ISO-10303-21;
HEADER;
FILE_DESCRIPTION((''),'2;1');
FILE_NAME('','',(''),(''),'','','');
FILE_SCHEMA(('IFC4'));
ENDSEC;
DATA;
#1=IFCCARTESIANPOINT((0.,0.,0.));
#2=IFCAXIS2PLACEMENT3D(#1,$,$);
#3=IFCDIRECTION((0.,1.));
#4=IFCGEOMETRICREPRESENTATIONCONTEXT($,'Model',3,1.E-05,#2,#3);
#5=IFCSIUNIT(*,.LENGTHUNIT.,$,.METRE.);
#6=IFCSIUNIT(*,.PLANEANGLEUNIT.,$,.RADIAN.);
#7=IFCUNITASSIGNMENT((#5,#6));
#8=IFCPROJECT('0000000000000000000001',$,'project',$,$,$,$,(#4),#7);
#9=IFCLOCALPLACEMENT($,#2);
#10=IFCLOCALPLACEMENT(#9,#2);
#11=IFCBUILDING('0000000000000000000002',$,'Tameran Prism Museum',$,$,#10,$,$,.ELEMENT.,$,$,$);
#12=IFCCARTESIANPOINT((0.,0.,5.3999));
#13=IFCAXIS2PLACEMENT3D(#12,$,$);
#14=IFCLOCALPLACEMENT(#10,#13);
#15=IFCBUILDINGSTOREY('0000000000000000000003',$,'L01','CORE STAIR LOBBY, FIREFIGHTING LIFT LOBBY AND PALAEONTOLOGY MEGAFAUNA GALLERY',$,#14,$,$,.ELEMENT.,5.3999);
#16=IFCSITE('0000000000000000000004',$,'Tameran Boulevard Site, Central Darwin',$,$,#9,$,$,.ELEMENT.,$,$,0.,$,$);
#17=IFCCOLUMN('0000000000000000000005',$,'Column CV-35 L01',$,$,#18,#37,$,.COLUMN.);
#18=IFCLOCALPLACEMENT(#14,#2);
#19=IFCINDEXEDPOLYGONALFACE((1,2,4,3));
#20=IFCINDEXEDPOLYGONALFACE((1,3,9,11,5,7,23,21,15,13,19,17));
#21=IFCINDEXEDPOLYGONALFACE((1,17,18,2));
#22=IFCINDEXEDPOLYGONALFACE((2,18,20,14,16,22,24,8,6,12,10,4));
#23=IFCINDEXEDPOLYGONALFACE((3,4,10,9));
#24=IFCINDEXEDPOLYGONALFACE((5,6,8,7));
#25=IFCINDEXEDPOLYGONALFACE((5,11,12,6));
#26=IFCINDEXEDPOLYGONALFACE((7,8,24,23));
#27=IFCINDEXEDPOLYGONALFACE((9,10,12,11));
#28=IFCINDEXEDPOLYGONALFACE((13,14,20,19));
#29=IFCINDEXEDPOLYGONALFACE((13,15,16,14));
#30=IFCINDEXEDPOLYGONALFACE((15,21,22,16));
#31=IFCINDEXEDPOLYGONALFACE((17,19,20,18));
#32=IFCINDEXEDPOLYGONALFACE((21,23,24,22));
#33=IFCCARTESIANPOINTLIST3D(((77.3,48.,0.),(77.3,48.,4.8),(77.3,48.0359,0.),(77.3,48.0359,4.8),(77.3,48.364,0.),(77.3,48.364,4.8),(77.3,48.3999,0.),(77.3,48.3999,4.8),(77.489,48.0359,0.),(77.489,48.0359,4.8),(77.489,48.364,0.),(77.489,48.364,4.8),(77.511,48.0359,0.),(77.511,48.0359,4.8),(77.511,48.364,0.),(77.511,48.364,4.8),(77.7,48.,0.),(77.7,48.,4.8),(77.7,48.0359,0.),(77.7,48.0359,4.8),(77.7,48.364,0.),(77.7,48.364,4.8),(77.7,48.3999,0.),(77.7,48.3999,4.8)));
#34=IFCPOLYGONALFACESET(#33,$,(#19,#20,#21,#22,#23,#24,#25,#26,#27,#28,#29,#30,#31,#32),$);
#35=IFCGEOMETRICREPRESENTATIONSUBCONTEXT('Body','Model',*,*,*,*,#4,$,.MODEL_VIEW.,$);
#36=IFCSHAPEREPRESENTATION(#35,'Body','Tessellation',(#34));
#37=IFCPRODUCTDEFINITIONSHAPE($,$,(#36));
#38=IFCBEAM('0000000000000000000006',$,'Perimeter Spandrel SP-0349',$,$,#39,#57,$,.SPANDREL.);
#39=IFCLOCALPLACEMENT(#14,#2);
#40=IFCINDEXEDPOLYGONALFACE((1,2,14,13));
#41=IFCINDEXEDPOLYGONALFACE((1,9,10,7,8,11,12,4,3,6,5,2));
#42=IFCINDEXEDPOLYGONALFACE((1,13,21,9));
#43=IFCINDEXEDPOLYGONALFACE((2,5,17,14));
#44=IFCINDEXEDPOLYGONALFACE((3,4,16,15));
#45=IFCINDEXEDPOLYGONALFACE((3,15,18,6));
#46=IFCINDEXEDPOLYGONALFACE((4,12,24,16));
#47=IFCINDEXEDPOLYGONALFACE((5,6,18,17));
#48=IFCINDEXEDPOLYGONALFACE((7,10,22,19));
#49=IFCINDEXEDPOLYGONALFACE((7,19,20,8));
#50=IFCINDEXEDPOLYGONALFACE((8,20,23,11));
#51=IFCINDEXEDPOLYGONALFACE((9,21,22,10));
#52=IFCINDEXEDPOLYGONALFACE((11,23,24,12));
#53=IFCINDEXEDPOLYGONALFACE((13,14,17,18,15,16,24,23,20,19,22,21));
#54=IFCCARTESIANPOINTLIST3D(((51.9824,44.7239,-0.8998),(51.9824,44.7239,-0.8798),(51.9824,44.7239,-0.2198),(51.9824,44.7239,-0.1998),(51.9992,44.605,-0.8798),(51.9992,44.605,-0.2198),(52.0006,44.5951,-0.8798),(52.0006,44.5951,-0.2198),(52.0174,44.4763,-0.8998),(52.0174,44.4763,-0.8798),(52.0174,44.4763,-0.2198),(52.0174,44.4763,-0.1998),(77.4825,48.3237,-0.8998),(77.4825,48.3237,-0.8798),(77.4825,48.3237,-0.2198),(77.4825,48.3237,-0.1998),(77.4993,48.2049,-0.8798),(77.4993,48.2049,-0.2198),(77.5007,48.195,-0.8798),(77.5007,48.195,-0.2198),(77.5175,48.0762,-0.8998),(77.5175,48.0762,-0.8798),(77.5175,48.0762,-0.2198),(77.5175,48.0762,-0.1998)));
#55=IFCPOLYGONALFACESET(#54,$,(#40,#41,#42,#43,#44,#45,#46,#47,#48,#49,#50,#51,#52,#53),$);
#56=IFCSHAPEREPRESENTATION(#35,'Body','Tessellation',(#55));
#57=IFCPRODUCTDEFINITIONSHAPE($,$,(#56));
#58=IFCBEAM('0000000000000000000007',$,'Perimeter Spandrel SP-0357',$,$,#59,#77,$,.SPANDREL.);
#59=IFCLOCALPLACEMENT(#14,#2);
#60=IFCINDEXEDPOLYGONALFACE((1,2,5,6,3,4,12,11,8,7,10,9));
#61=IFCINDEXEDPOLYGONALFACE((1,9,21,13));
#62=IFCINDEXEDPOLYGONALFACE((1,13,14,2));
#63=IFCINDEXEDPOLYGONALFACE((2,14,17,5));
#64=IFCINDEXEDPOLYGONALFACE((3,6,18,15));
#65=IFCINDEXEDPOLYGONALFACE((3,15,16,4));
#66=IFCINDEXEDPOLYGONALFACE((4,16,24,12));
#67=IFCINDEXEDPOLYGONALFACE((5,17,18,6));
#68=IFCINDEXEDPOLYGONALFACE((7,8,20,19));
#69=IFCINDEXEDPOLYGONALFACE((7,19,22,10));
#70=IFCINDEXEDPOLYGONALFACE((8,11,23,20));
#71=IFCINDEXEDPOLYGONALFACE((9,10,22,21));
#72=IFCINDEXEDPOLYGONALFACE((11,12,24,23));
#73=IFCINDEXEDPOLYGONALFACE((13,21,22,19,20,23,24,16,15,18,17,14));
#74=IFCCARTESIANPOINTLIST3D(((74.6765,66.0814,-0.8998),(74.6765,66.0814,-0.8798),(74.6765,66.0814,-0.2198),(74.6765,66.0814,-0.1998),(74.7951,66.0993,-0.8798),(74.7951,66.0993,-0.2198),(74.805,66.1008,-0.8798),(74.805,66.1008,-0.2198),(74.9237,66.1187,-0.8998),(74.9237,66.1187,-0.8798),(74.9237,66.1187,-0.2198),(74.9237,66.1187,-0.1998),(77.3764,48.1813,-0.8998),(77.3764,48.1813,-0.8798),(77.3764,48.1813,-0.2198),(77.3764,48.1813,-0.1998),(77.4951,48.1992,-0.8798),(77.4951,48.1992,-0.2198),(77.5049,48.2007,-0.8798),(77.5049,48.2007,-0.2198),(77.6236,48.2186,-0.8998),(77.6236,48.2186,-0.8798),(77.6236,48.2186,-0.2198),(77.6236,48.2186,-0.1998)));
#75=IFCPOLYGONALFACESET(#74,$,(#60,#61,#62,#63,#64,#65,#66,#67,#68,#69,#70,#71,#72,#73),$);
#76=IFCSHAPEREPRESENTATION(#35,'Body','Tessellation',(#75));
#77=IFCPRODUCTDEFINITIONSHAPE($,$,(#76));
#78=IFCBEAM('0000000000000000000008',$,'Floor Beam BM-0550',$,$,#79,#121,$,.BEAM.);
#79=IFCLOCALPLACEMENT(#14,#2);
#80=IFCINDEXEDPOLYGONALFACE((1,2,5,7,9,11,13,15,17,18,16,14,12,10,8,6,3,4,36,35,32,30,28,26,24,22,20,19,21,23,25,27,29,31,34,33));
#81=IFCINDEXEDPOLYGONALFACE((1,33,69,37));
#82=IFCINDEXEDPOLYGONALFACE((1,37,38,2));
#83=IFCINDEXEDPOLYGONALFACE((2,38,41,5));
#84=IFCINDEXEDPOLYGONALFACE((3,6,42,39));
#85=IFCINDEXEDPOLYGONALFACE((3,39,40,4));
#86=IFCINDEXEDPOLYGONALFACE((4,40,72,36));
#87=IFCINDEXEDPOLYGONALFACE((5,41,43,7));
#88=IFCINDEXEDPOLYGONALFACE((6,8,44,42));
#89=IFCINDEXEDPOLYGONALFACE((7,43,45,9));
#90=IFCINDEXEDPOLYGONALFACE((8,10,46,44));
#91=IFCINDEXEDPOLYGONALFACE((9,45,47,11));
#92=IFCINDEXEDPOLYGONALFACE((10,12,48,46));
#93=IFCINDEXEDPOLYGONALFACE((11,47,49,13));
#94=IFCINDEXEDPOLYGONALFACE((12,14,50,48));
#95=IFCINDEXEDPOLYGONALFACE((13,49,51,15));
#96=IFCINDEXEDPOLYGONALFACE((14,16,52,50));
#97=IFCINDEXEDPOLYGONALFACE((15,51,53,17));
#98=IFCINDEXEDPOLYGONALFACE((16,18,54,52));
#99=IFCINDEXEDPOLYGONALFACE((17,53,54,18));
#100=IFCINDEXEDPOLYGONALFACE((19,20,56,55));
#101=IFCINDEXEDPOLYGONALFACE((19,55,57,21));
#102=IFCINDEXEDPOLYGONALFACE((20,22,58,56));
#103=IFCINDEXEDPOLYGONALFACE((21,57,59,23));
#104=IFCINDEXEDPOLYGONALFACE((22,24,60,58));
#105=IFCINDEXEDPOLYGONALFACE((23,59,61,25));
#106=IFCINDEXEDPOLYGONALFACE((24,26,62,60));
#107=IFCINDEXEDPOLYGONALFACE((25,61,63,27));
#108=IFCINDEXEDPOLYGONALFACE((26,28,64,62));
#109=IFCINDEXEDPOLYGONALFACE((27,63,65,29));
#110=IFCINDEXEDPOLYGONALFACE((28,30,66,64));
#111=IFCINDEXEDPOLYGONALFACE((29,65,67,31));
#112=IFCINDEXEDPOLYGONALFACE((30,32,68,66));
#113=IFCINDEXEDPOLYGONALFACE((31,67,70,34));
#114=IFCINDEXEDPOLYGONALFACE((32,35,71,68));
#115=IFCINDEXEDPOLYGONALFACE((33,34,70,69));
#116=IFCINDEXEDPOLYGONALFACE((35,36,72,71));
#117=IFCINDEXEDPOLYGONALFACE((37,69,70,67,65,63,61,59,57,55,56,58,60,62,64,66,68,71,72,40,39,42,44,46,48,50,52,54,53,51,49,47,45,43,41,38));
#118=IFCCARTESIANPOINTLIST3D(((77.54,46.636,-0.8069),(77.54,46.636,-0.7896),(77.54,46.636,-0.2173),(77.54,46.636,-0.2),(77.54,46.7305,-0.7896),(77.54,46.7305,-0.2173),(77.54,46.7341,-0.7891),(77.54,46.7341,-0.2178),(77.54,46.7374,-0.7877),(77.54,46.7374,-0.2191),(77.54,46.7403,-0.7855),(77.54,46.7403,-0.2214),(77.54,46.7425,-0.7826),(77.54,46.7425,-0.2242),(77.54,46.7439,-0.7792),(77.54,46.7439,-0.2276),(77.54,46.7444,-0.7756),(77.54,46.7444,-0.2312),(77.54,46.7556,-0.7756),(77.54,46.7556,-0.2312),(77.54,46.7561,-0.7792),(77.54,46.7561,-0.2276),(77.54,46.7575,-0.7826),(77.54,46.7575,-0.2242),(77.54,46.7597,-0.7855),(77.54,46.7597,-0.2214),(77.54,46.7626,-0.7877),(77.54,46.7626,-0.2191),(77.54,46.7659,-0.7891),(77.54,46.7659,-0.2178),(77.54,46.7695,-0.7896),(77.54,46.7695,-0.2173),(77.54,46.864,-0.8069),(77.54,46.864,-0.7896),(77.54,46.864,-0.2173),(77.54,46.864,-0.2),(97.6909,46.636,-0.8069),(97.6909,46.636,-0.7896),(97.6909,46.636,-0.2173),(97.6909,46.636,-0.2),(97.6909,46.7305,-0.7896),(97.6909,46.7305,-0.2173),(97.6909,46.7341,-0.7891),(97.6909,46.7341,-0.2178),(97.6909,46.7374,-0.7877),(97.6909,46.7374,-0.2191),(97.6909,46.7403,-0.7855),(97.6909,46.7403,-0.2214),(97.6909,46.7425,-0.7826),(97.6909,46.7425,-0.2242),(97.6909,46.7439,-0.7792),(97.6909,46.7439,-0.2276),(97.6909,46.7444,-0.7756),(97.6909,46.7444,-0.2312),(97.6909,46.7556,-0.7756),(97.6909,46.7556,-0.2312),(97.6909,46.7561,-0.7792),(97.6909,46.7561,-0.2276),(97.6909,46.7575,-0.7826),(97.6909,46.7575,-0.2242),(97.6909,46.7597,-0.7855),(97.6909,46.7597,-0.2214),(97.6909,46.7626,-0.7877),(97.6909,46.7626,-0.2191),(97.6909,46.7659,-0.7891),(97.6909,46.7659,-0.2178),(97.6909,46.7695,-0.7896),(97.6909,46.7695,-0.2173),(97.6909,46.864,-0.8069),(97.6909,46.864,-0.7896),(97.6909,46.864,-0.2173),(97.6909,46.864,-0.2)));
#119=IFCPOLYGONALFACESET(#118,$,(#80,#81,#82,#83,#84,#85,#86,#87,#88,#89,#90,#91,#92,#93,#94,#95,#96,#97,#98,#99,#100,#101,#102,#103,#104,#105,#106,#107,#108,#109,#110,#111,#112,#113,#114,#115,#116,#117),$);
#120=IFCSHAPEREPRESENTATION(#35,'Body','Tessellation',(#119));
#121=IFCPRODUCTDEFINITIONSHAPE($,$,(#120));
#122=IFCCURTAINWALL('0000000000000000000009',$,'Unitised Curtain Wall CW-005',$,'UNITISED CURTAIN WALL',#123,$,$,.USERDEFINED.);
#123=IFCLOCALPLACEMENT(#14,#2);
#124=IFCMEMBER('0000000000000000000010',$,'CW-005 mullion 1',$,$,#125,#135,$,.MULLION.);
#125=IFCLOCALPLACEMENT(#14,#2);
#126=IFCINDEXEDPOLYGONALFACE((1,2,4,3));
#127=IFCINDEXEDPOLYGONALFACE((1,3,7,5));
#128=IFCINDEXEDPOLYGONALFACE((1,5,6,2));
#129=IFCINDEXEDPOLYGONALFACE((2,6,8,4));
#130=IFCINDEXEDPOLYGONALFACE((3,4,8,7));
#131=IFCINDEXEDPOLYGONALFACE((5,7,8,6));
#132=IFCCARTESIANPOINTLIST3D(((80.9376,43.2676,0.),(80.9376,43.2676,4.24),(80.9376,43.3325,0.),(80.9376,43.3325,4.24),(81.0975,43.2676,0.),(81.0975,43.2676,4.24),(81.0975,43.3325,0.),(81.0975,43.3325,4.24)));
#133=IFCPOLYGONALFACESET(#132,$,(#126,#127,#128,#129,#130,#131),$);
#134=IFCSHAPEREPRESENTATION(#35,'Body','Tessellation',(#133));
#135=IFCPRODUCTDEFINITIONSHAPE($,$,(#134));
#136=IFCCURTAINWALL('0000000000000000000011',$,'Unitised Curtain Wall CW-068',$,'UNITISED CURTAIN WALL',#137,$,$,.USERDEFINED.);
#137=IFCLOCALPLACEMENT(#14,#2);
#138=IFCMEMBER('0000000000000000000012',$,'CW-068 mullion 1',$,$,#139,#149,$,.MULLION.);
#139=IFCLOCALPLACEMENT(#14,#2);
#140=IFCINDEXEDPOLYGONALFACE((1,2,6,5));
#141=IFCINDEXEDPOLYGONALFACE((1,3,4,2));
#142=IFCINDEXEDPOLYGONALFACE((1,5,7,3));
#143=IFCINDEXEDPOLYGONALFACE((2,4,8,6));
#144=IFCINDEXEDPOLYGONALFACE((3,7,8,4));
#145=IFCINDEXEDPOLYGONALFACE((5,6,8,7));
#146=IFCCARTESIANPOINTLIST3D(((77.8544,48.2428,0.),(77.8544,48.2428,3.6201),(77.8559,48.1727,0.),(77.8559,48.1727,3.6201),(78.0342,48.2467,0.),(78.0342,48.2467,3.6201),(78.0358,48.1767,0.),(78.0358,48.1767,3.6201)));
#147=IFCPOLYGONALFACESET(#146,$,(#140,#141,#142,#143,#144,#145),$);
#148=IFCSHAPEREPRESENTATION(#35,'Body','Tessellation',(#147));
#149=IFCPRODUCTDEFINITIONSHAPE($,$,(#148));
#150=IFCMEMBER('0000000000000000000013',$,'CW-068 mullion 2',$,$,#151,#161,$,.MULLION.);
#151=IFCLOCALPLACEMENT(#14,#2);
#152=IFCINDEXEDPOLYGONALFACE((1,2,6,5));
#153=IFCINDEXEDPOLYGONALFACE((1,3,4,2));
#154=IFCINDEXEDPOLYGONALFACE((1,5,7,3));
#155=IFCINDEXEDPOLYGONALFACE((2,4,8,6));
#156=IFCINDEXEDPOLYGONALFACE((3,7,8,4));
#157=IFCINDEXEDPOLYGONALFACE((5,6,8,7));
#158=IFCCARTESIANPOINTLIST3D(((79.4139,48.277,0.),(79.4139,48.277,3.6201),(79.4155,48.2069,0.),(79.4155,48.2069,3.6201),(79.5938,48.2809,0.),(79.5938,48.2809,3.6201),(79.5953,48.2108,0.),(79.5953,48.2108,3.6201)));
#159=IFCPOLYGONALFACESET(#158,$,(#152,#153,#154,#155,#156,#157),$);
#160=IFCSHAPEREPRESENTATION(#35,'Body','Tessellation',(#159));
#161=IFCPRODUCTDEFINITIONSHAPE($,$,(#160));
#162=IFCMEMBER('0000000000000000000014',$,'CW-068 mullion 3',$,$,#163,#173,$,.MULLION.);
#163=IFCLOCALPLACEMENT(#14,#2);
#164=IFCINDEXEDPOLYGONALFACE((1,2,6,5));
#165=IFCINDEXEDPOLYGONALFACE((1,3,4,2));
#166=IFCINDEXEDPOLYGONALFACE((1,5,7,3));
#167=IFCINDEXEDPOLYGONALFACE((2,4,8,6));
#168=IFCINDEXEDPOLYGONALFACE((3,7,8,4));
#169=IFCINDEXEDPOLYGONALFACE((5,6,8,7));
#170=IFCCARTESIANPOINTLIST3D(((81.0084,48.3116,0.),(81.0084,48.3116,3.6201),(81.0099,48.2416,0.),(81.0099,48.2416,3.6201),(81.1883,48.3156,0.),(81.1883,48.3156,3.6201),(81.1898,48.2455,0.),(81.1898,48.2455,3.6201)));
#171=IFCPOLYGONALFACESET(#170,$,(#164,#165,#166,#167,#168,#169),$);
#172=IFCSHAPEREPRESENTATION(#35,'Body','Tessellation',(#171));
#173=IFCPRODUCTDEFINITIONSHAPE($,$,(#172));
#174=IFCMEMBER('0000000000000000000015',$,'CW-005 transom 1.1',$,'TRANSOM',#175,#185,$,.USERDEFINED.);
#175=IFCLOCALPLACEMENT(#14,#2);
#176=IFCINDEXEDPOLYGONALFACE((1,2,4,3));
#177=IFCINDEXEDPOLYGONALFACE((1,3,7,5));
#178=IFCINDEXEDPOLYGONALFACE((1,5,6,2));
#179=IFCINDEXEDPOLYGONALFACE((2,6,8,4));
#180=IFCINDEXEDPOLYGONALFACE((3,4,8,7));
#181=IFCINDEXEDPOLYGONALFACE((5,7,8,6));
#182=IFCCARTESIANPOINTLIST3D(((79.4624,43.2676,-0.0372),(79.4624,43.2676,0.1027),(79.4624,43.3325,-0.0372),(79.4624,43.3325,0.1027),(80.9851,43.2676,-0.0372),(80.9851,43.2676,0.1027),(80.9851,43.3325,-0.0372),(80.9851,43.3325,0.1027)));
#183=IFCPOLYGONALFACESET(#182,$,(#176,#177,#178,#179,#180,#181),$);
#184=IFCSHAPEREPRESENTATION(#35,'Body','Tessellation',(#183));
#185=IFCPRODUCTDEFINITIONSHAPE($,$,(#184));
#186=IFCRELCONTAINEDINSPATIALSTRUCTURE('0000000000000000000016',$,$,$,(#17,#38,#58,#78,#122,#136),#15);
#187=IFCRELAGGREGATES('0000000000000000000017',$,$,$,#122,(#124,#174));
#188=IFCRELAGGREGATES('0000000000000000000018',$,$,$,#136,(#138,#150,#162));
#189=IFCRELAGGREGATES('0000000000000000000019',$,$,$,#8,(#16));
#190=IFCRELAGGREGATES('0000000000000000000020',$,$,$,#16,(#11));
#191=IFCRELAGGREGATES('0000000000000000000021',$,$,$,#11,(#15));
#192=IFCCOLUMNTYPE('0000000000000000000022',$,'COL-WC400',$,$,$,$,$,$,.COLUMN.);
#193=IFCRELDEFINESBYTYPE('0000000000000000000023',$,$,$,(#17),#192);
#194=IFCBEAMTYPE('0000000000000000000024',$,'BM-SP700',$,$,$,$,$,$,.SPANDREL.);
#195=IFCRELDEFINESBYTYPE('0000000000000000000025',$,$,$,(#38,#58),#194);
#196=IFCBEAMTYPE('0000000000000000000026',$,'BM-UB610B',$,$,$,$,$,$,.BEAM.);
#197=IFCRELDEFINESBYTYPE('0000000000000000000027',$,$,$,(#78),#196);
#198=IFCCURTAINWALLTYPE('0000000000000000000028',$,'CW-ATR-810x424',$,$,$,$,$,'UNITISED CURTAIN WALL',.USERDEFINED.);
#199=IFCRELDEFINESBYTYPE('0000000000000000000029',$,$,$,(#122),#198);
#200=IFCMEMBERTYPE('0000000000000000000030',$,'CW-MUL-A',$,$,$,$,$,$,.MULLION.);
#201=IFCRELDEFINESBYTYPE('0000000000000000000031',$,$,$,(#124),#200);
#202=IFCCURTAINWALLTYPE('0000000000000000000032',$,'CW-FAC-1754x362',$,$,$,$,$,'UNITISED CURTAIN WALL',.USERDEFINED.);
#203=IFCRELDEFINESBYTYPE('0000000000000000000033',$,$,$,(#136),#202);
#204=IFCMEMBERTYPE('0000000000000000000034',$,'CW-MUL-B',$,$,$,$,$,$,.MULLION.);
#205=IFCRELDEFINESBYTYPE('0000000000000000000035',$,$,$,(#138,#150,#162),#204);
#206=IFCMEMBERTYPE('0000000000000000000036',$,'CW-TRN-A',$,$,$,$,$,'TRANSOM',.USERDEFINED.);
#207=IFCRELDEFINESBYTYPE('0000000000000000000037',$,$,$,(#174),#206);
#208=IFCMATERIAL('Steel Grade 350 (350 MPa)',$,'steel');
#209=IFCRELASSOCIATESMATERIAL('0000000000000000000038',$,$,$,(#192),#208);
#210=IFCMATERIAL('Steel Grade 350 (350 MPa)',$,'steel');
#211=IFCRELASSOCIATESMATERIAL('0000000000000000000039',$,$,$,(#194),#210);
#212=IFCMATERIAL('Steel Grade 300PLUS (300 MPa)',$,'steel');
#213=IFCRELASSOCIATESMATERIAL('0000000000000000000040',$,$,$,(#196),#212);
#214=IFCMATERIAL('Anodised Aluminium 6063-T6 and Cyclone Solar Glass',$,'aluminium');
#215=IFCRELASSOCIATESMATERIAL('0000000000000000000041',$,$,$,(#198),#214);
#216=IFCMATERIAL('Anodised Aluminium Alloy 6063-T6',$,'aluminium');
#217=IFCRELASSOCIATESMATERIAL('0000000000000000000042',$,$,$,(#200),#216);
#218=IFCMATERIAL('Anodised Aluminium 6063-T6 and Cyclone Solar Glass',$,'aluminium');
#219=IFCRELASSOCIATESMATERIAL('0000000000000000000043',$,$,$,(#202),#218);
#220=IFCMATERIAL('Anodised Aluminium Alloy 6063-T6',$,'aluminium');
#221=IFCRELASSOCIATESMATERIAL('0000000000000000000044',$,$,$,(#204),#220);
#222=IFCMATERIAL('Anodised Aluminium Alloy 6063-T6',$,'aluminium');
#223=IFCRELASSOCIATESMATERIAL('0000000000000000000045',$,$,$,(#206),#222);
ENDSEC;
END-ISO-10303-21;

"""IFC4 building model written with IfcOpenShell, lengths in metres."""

from ifc_helpers import new_model, si_unit, direction, frame, origin, origin_2d, place, context, subcontext, project, spatial, rectangle, i_section, extrude, material, material_profile, profile_set, type_object, element, aggregate, save


model = new_model("IFC4")

# Units and contexts
model_context = context("Model", 3, precision=1e-05, world=origin(), true_north=direction((0.0, 1.0)))
body_context = subcontext(model_context, "Body", "Model", "MODEL_VIEW")
ifc_project = project(units=[si_unit("LENGTHUNIT", "METRE"), si_unit("PLANEANGLEUNIT", "RADIAN")], contexts=[model_context])

# Site, building, storey
site_placement = place(None, origin())
site = spatial("IfcSite", under=ifc_project, at=site_placement, Name="Tameran Boulevard Site, Central Darwin", CompositionType="ELEMENT", RefElevation=0.0)
building_placement = place(site_placement, origin())
building = spatial("IfcBuilding", under=site, at=building_placement, Name="Tameran Prism Museum", CompositionType="ELEMENT")
storey_placement = place(building_placement, frame((0.0, 0.0, 5.3999)))
storey = spatial("IfcBuildingStorey", under=building, at=storey_placement, Name="L01", Description="CORE STAIR LOBBY, FIREFIGHTING LIFT LOBBY AND PALAEONTOLOGY MEGAFAUNA GALLERY", CompositionType="ELEMENT", Elevation=5.3999)

# Column
ifc_material_1 = material(Name="Steel Grade 350 (350 MPa)", Category="steel")
ifc_material_profile_1 = material_profile(ifc_material_1, i_section(OverallWidth=0.3999, OverallDepth=0.3999, WebThickness=0.022, FlangeThickness=0.0359, at=origin_2d()))
ifc_profile_set_1 = profile_set([ifc_material_profile_1])
column_type = type_object("IfcColumnType", Name="COL-WC400", PredefinedType="COLUMN", material=ifc_profile_set_1)
column_placement = place(storey_placement, frame((77.5, 48.2, 0.0), z_axis=(0.0, 0.0, 1.0), x_axis=(1.0, 0.0, 0.0)))
element("IfcColumn", 1, at=column_placement, inside=storey, type_object=column_type, Name="Column CV-35 L01", PredefinedType="COLUMN", context=body_context, shape_type="SweptSolid", body=[
    extrude(i_section(OverallWidth=0.3999, OverallDepth=0.3999, WebThickness=0.022, FlangeThickness=0.0359, at=origin_2d()), origin(), (0.0, 0.0, 1.0), 4.8),
])

# Beams
ifc_material_2 = material(Name="Steel Grade 350 (350 MPa)", Category="steel")
ifc_material_profile_2 = material_profile(ifc_material_2, i_section(OverallWidth=0.25, OverallDepth=0.7, WebThickness=0.01, FlangeThickness=0.02, at=origin_2d()))
ifc_profile_set_2 = profile_set([ifc_material_profile_2])
beam_type_1 = type_object("IfcBeamType", Name="BM-SP700", PredefinedType="SPANDREL", material=ifc_profile_set_2)
beam_1_placement = place(storey_placement, frame((77.5, 48.2, -0.5498), z_axis=(-0.990182, -0.139785, 0.0), x_axis=(0.139785, -0.990182, 0.0)))
element("IfcBeam", 2, at=beam_1_placement, inside=storey, type_object=beam_type_1, Name="Perimeter Spandrel SP-0349", PredefinedType="SPANDREL", context=body_context, shape_type="SweptSolid", body=[
    extrude(i_section(OverallWidth=0.25, OverallDepth=0.7, WebThickness=0.01, FlangeThickness=0.02, at=origin_2d()), origin(), (0.0, 0.0, 1.0), 25.7529),
])
beam_2_placement = place(storey_placement, frame((77.5, 48.2, -0.5498), z_axis=(-0.149147, 0.988815, 0.0), x_axis=(-0.988815, -0.149147, 0.0)))
element("IfcBeam", 3, at=beam_2_placement, inside=storey, type_object=beam_type_1, Name="Perimeter Spandrel SP-0357", PredefinedType="SPANDREL", context=body_context, shape_type="SweptSolid", body=[
    extrude(i_section(OverallWidth=0.25, OverallDepth=0.7, WebThickness=0.01, FlangeThickness=0.02, at=origin_2d()), origin(), (0.0, 0.0, 1.0), 18.1025),
])
ifc_material_3 = material(Name="Steel Grade 300PLUS (300 MPa)", Category="steel")
ifc_material_profile_3 = material_profile(ifc_material_3, i_section(OverallWidth=0.228, OverallDepth=0.6069, WebThickness=0.0112, FlangeThickness=0.0173, FilletRadius=0.0139, at=origin_2d()))
ifc_profile_set_3 = profile_set([ifc_material_profile_3])
beam_type_2 = type_object("IfcBeamType", Name="BM-UB610B", PredefinedType="BEAM", material=ifc_profile_set_3)
beam_3_placement = place(storey_placement, frame((77.54, 46.75, -0.5034), z_axis=(1.0, 0.0, 0.0), x_axis=(0.0, 1.0, 0.0)))
element("IfcBeam", 4, at=beam_3_placement, inside=storey, type_object=beam_type_2, Name="Floor Beam BM-0550", PredefinedType="BEAM", context=body_context, shape_type="SweptSolid", body=[
    extrude(i_section(OverallWidth=0.228, OverallDepth=0.6069, WebThickness=0.0112, FlangeThickness=0.0173, FilletRadius=0.0139, at=origin_2d()), origin(), (0.0, 0.0, 1.0), 20.1509),
])

# Curtain wall, member
ifc_material_4 = material(Name="Anodised Aluminium 6063-T6 and Cyclone Solar Glass", Category="aluminium")
curtain_wall_type_1 = type_object("IfcCurtainWallType", Name="CW-ATR-810x424", ElementType="UNITISED CURTAIN WALL", PredefinedType="USERDEFINED", material=ifc_material_4)
curtain_wall_1_placement = place(storey_placement, origin())
curtain_wall_1 = element("IfcCurtainWall", 5, at=curtain_wall_1_placement, inside=storey, type_object=curtain_wall_type_1, Name="Unitised Curtain Wall CW-005", ObjectType="UNITISED CURTAIN WALL", PredefinedType="USERDEFINED")
ifc_material_5 = material(Name="Anodised Aluminium Alloy 6063-T6", Category="aluminium")
ifc_material_profile_4 = material_profile(ifc_material_5, rectangle(XDim=0.0649, YDim=0.1599, at=origin_2d()))
ifc_profile_set_4 = profile_set([ifc_material_profile_4])
member_type_1 = type_object("IfcMemberType", Name="CW-MUL-A", PredefinedType="MULLION", material=ifc_profile_set_4)
member_1_placement = place(storey_placement, frame((81.0176, 43.3, 0.0), z_axis=(0.0, 0.0, 1.0), x_axis=(0.0, -1.0, 0.0)))
member_1 = element("IfcMember", 6, at=member_1_placement, type_object=member_type_1, Name="CW-005 mullion 1", PredefinedType="MULLION", context=body_context, shape_type="SweptSolid", body=[
    extrude(rectangle(XDim=0.0649, YDim=0.1599, at=origin_2d()), origin(), (0.0, 0.0, 1.0), 4.24),
])

# Curtain wall, members
ifc_material_6 = material(Name="Anodised Aluminium 6063-T6 and Cyclone Solar Glass", Category="aluminium")
curtain_wall_type_2 = type_object("IfcCurtainWallType", Name="CW-FAC-1754x362", ElementType="UNITISED CURTAIN WALL", PredefinedType="USERDEFINED", material=ifc_material_6)
curtain_wall_2_placement = place(storey_placement, origin())
curtain_wall_2 = element("IfcCurtainWall", 7, at=curtain_wall_2_placement, inside=storey, type_object=curtain_wall_type_2, Name="Unitised Curtain Wall CW-068", ObjectType="UNITISED CURTAIN WALL", PredefinedType="USERDEFINED")
ifc_material_7 = material(Name="Anodised Aluminium Alloy 6063-T6", Category="aluminium")
ifc_material_profile_5 = material_profile(ifc_material_7, rectangle(XDim=0.0701, YDim=0.1799, at=origin_2d()))
ifc_profile_set_5 = profile_set([ifc_material_profile_5])
member_type_2 = type_object("IfcMemberType", Name="CW-MUL-B", PredefinedType="MULLION", material=ifc_profile_set_5)
member_2_placement = place(storey_placement, frame((77.9451, 48.2097, 0.0), z_axis=(0.0, 0.0, 1.0), x_axis=(-0.021831, 0.999762, 0.0)))
member_2 = element("IfcMember", 8, at=member_2_placement, type_object=member_type_2, Name="CW-068 mullion 1", PredefinedType="MULLION", context=body_context, shape_type="SweptSolid", body=[
    extrude(rectangle(XDim=0.0701, YDim=0.1799, at=origin_2d()), origin(), (0.0, 0.0, 1.0), 3.6201),
])
member_3_placement = place(storey_placement, frame((79.5046, 48.2439, 0.0), z_axis=(0.0, 0.0, 1.0), x_axis=(-0.021831, 0.999762, 0.0)))
member_3 = element("IfcMember", 9, at=member_3_placement, type_object=member_type_2, Name="CW-068 mullion 2", PredefinedType="MULLION", context=body_context, shape_type="SweptSolid", body=[
    extrude(rectangle(XDim=0.0701, YDim=0.1799, at=origin_2d()), origin(), (0.0, 0.0, 1.0), 3.6201),
])
member_4_placement = place(storey_placement, frame((81.0991, 48.2786, 0.0), z_axis=(0.0, 0.0, 1.0), x_axis=(-0.021831, 0.999762, 0.0)))
member_4 = element("IfcMember", 10, at=member_4_placement, type_object=member_type_2, Name="CW-068 mullion 3", PredefinedType="MULLION", context=body_context, shape_type="SweptSolid", body=[
    extrude(rectangle(XDim=0.0701, YDim=0.1799, at=origin_2d()), origin(), (0.0, 0.0, 1.0), 3.6201),
])

# Member
ifc_material_8 = material(Name="Anodised Aluminium Alloy 6063-T6", Category="aluminium")
ifc_material_profile_6 = material_profile(ifc_material_8, rectangle(XDim=0.0649, YDim=0.1399, at=origin_2d()))
ifc_profile_set_6 = profile_set([ifc_material_profile_6])
member_type_3 = type_object("IfcMemberType", Name="CW-TRN-A", ElementType="TRANSOM", PredefinedType="USERDEFINED", material=ifc_profile_set_6)
member_5_placement = place(storey_placement, frame((80.9851, 43.3, 0.0327), z_axis=(-1.0, 0.0, 0.0), x_axis=(0.0, -1.0, 0.0)))
member_5 = element("IfcMember", 11, at=member_5_placement, type_object=member_type_3, Name="CW-005 transom 1.1", ObjectType="TRANSOM", PredefinedType="USERDEFINED", context=body_context, shape_type="SweptSolid", body=[
    extrude(rectangle(XDim=0.0649, YDim=0.1399, at=origin_2d()), origin(), (0.0, 0.0, 1.0), 1.5227),
])
aggregate(curtain_wall_1, [member_1, member_5])

aggregate(curtain_wall_2, [member_2, member_3, member_4])

save(model, "model.ifc")
